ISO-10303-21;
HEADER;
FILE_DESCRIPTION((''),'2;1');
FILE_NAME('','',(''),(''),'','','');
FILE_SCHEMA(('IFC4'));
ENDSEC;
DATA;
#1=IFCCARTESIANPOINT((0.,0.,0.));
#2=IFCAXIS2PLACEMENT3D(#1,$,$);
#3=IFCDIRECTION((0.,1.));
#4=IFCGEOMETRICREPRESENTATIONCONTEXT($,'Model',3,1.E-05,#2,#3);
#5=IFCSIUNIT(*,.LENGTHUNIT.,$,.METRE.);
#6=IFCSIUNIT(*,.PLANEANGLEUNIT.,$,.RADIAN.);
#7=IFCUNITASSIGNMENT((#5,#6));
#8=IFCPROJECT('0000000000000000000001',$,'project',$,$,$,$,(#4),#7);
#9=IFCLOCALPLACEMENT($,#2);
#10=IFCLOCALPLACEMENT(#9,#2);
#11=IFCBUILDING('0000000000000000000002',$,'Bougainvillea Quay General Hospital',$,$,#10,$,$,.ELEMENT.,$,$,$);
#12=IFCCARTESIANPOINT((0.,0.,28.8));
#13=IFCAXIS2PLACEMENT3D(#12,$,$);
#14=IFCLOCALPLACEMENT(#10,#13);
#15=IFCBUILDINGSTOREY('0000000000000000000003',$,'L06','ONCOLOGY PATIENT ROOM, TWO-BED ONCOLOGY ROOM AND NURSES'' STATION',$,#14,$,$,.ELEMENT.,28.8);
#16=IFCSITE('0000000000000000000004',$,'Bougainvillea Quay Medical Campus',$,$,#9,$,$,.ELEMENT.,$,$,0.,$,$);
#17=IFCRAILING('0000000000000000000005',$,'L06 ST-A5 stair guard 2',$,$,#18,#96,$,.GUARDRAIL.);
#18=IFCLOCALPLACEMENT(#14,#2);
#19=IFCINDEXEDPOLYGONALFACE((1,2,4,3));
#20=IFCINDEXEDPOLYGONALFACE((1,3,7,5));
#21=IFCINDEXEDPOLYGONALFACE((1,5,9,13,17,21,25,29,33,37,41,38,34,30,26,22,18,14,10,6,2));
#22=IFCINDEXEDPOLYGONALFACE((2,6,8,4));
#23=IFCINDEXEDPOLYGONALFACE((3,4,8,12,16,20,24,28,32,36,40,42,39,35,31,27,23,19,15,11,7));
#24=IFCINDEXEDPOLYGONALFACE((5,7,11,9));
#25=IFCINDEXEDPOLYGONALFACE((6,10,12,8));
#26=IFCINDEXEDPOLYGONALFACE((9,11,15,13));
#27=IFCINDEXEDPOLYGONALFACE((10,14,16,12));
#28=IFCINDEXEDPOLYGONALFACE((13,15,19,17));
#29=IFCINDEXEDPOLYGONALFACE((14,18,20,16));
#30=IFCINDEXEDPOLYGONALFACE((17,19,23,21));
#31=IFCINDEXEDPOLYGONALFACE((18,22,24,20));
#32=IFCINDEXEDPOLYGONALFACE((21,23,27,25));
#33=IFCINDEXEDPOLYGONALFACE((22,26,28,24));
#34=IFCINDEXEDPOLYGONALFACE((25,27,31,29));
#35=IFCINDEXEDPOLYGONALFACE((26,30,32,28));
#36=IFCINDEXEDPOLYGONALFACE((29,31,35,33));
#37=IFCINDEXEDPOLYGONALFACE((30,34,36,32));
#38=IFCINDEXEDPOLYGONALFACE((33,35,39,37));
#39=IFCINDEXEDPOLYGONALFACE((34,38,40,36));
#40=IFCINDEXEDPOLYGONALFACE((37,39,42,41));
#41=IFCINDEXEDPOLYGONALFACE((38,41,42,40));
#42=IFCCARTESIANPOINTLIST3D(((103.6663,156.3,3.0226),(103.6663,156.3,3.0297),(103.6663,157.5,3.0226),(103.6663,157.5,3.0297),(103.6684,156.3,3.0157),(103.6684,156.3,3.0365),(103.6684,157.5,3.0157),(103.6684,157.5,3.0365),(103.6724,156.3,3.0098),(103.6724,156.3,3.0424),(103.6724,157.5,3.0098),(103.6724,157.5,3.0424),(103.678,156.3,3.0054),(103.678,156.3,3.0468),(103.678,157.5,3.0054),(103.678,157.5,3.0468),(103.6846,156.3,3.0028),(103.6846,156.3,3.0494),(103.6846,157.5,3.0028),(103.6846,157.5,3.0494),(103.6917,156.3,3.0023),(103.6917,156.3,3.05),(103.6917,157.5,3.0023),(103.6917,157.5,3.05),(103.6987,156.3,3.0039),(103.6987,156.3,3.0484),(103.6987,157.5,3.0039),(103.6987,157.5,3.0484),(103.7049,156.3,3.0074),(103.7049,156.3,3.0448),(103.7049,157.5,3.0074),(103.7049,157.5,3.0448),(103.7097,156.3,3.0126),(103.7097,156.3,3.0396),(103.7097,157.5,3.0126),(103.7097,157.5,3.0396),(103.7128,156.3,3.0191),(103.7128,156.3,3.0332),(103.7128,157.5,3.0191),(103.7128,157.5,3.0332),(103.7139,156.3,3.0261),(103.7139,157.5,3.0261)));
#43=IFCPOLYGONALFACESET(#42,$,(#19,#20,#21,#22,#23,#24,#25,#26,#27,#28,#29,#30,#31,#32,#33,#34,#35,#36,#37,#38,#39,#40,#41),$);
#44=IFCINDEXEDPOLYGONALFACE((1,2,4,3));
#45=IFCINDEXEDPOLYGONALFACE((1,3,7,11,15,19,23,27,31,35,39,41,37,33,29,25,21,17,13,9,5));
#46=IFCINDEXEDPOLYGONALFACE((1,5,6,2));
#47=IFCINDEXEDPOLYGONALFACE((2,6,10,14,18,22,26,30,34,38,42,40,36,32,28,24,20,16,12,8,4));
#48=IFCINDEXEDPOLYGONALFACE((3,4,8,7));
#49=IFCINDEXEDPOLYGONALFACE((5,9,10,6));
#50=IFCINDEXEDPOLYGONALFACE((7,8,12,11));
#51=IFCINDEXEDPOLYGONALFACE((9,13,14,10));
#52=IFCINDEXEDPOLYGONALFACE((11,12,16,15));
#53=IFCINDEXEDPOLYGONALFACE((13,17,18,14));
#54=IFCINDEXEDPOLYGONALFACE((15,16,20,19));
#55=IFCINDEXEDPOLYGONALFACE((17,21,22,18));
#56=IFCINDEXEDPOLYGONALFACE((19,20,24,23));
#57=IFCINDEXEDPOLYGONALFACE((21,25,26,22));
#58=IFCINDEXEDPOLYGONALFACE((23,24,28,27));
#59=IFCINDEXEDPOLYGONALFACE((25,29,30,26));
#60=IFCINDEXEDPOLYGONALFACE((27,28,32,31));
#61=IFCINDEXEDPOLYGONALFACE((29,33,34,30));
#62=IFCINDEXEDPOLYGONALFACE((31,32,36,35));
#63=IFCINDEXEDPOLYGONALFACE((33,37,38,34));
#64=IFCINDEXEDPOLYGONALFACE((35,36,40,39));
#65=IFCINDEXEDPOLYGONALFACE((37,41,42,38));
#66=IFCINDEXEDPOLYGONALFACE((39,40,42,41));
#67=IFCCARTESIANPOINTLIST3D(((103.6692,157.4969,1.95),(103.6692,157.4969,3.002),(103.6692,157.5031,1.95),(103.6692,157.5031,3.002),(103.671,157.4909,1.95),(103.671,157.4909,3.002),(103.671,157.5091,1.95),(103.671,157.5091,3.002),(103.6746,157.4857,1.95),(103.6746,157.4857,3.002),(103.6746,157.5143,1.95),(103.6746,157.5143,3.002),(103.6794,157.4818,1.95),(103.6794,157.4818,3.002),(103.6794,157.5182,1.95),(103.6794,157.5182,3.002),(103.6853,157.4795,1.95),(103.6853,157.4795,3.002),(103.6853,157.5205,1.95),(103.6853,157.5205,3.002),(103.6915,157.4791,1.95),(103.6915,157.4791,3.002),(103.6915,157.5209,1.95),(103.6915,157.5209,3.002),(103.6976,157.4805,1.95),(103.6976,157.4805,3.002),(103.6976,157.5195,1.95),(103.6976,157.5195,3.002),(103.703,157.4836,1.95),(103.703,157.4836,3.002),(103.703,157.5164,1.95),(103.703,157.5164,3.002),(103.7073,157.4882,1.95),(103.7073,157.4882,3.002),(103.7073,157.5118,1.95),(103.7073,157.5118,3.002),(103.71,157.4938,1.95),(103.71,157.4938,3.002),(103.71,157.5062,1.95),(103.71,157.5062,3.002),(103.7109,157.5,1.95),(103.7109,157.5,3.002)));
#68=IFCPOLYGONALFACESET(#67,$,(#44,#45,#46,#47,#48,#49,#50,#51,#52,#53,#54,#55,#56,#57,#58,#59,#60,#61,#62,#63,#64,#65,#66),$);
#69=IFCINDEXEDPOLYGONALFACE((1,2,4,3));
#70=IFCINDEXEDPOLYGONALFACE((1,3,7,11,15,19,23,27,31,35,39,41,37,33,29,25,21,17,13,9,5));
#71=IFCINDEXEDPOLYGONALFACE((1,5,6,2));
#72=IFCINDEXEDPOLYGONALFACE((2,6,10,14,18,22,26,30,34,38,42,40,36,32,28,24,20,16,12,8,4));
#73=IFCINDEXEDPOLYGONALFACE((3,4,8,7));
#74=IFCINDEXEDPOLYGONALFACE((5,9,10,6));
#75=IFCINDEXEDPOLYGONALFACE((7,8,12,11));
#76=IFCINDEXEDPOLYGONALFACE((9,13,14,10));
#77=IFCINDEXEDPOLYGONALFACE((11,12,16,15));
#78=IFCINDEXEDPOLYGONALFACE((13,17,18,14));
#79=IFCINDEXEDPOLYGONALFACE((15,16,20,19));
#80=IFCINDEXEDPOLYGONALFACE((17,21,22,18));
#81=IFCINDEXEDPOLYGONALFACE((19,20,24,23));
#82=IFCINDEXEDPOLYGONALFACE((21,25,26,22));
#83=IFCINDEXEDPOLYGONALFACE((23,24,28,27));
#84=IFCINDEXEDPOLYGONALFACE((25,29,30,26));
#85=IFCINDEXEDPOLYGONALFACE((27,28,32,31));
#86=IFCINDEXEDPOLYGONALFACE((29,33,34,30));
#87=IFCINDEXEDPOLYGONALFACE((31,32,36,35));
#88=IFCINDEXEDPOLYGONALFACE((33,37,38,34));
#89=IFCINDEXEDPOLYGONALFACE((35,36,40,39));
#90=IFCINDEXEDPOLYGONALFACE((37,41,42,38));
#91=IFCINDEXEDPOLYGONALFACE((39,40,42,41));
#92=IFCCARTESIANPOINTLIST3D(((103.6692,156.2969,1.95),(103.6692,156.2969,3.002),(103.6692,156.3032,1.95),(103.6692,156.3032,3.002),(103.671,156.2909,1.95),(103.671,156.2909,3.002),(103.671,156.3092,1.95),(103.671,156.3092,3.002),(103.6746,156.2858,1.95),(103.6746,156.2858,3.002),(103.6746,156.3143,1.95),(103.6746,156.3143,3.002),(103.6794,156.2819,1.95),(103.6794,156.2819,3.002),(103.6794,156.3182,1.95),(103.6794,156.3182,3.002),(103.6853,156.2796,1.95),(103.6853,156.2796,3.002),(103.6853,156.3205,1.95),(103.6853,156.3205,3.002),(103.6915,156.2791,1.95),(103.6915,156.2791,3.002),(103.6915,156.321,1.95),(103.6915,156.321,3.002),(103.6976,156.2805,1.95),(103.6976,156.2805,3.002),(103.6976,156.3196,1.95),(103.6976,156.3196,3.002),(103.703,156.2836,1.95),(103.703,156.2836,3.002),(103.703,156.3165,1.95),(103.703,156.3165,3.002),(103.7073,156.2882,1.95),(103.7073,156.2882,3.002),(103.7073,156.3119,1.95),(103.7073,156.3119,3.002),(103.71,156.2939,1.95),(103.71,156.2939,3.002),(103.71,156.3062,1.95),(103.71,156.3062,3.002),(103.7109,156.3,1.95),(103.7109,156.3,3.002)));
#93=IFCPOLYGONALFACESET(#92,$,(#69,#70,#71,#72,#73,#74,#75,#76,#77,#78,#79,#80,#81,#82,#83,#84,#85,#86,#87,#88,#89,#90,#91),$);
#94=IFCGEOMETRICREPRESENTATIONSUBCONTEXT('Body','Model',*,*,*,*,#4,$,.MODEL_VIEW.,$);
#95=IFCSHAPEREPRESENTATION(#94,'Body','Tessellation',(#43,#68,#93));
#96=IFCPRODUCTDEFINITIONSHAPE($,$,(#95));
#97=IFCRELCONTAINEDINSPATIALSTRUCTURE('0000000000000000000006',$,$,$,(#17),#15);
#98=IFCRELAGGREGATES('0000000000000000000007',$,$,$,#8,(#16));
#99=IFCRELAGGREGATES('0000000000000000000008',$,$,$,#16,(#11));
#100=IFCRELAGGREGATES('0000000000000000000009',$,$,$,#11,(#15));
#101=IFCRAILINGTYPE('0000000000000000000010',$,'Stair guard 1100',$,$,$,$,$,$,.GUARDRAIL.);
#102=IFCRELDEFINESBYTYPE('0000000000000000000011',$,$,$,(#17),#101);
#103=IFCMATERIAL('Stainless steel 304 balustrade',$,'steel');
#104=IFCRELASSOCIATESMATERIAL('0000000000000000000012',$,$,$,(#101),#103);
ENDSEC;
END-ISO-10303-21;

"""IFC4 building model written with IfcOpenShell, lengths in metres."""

from ifc_helpers import new_model, si_unit, direction, frame, origin, origin_2d, place, context, subcontext, project, spatial, circle, extrude, material, type_object, element, save


model = new_model("IFC4")

# Units and contexts
model_context = context("Model", 3, precision=1e-05, world=origin(), true_north=direction((0.0, 1.0)))
body_context = subcontext(model_context, "Body", "Model", "MODEL_VIEW")
ifc_project = project(units=[si_unit("LENGTHUNIT", "METRE"), si_unit("PLANEANGLEUNIT", "RADIAN")], contexts=[model_context])

# Site, building, storey
site_placement = place(None, origin())
site = spatial("IfcSite", under=ifc_project, at=site_placement, Name="Bougainvillea Quay Medical Campus", CompositionType="ELEMENT", RefElevation=0.0)
building_placement = place(site_placement, origin())
building = spatial("IfcBuilding", under=site, at=building_placement, Name="Bougainvillea Quay General Hospital", CompositionType="ELEMENT")
storey_placement = place(building_placement, frame((0.0, 0.0, 28.8)))
storey = spatial("IfcBuildingStorey", under=building, at=storey_placement, Name="L06", Description="ONCOLOGY PATIENT ROOM, TWO-BED ONCOLOGY ROOM AND NURSES' STATION", CompositionType="ELEMENT", Elevation=28.8)

# Railing
ifc_material_1 = material(Name="Stainless steel 304 balustrade", Category="steel")
railing_type_1 = type_object("IfcRailingType", Name="Stair guard 1100", PredefinedType="GUARDRAIL", material=ifc_material_1)
railing_1_placement = place(storey_placement, frame((103.6899, 157.5, 1.95)))
element("IfcRailing", 1, at=railing_1_placement, inside=storey, type_object=railing_type_1, Name="L06 ST-A5 stair guard 2", PredefinedType="GUARDRAIL", context=body_context, shape_type="SweptSolid", body=[
    extrude(circle(Radius=0.0239, at=origin_2d()), frame((0.0, 0.0, 1.0762), z_axis=(0.0, -1.0, 0.0), x_axis=(1.0, 0.0, 0.0)), (0.0, 0.0, 1.0), 1.2),
    extrude(circle(Radius=0.021, at=origin_2d()), origin(), (0.0, 0.0, 1.0), 1.052),
    extrude(circle(Radius=0.021, at=origin_2d()), frame((0.0, -1.2, 0.0)), (0.0, 0.0, 1.0), 1.052),
])

save(model, "model.ifc")
